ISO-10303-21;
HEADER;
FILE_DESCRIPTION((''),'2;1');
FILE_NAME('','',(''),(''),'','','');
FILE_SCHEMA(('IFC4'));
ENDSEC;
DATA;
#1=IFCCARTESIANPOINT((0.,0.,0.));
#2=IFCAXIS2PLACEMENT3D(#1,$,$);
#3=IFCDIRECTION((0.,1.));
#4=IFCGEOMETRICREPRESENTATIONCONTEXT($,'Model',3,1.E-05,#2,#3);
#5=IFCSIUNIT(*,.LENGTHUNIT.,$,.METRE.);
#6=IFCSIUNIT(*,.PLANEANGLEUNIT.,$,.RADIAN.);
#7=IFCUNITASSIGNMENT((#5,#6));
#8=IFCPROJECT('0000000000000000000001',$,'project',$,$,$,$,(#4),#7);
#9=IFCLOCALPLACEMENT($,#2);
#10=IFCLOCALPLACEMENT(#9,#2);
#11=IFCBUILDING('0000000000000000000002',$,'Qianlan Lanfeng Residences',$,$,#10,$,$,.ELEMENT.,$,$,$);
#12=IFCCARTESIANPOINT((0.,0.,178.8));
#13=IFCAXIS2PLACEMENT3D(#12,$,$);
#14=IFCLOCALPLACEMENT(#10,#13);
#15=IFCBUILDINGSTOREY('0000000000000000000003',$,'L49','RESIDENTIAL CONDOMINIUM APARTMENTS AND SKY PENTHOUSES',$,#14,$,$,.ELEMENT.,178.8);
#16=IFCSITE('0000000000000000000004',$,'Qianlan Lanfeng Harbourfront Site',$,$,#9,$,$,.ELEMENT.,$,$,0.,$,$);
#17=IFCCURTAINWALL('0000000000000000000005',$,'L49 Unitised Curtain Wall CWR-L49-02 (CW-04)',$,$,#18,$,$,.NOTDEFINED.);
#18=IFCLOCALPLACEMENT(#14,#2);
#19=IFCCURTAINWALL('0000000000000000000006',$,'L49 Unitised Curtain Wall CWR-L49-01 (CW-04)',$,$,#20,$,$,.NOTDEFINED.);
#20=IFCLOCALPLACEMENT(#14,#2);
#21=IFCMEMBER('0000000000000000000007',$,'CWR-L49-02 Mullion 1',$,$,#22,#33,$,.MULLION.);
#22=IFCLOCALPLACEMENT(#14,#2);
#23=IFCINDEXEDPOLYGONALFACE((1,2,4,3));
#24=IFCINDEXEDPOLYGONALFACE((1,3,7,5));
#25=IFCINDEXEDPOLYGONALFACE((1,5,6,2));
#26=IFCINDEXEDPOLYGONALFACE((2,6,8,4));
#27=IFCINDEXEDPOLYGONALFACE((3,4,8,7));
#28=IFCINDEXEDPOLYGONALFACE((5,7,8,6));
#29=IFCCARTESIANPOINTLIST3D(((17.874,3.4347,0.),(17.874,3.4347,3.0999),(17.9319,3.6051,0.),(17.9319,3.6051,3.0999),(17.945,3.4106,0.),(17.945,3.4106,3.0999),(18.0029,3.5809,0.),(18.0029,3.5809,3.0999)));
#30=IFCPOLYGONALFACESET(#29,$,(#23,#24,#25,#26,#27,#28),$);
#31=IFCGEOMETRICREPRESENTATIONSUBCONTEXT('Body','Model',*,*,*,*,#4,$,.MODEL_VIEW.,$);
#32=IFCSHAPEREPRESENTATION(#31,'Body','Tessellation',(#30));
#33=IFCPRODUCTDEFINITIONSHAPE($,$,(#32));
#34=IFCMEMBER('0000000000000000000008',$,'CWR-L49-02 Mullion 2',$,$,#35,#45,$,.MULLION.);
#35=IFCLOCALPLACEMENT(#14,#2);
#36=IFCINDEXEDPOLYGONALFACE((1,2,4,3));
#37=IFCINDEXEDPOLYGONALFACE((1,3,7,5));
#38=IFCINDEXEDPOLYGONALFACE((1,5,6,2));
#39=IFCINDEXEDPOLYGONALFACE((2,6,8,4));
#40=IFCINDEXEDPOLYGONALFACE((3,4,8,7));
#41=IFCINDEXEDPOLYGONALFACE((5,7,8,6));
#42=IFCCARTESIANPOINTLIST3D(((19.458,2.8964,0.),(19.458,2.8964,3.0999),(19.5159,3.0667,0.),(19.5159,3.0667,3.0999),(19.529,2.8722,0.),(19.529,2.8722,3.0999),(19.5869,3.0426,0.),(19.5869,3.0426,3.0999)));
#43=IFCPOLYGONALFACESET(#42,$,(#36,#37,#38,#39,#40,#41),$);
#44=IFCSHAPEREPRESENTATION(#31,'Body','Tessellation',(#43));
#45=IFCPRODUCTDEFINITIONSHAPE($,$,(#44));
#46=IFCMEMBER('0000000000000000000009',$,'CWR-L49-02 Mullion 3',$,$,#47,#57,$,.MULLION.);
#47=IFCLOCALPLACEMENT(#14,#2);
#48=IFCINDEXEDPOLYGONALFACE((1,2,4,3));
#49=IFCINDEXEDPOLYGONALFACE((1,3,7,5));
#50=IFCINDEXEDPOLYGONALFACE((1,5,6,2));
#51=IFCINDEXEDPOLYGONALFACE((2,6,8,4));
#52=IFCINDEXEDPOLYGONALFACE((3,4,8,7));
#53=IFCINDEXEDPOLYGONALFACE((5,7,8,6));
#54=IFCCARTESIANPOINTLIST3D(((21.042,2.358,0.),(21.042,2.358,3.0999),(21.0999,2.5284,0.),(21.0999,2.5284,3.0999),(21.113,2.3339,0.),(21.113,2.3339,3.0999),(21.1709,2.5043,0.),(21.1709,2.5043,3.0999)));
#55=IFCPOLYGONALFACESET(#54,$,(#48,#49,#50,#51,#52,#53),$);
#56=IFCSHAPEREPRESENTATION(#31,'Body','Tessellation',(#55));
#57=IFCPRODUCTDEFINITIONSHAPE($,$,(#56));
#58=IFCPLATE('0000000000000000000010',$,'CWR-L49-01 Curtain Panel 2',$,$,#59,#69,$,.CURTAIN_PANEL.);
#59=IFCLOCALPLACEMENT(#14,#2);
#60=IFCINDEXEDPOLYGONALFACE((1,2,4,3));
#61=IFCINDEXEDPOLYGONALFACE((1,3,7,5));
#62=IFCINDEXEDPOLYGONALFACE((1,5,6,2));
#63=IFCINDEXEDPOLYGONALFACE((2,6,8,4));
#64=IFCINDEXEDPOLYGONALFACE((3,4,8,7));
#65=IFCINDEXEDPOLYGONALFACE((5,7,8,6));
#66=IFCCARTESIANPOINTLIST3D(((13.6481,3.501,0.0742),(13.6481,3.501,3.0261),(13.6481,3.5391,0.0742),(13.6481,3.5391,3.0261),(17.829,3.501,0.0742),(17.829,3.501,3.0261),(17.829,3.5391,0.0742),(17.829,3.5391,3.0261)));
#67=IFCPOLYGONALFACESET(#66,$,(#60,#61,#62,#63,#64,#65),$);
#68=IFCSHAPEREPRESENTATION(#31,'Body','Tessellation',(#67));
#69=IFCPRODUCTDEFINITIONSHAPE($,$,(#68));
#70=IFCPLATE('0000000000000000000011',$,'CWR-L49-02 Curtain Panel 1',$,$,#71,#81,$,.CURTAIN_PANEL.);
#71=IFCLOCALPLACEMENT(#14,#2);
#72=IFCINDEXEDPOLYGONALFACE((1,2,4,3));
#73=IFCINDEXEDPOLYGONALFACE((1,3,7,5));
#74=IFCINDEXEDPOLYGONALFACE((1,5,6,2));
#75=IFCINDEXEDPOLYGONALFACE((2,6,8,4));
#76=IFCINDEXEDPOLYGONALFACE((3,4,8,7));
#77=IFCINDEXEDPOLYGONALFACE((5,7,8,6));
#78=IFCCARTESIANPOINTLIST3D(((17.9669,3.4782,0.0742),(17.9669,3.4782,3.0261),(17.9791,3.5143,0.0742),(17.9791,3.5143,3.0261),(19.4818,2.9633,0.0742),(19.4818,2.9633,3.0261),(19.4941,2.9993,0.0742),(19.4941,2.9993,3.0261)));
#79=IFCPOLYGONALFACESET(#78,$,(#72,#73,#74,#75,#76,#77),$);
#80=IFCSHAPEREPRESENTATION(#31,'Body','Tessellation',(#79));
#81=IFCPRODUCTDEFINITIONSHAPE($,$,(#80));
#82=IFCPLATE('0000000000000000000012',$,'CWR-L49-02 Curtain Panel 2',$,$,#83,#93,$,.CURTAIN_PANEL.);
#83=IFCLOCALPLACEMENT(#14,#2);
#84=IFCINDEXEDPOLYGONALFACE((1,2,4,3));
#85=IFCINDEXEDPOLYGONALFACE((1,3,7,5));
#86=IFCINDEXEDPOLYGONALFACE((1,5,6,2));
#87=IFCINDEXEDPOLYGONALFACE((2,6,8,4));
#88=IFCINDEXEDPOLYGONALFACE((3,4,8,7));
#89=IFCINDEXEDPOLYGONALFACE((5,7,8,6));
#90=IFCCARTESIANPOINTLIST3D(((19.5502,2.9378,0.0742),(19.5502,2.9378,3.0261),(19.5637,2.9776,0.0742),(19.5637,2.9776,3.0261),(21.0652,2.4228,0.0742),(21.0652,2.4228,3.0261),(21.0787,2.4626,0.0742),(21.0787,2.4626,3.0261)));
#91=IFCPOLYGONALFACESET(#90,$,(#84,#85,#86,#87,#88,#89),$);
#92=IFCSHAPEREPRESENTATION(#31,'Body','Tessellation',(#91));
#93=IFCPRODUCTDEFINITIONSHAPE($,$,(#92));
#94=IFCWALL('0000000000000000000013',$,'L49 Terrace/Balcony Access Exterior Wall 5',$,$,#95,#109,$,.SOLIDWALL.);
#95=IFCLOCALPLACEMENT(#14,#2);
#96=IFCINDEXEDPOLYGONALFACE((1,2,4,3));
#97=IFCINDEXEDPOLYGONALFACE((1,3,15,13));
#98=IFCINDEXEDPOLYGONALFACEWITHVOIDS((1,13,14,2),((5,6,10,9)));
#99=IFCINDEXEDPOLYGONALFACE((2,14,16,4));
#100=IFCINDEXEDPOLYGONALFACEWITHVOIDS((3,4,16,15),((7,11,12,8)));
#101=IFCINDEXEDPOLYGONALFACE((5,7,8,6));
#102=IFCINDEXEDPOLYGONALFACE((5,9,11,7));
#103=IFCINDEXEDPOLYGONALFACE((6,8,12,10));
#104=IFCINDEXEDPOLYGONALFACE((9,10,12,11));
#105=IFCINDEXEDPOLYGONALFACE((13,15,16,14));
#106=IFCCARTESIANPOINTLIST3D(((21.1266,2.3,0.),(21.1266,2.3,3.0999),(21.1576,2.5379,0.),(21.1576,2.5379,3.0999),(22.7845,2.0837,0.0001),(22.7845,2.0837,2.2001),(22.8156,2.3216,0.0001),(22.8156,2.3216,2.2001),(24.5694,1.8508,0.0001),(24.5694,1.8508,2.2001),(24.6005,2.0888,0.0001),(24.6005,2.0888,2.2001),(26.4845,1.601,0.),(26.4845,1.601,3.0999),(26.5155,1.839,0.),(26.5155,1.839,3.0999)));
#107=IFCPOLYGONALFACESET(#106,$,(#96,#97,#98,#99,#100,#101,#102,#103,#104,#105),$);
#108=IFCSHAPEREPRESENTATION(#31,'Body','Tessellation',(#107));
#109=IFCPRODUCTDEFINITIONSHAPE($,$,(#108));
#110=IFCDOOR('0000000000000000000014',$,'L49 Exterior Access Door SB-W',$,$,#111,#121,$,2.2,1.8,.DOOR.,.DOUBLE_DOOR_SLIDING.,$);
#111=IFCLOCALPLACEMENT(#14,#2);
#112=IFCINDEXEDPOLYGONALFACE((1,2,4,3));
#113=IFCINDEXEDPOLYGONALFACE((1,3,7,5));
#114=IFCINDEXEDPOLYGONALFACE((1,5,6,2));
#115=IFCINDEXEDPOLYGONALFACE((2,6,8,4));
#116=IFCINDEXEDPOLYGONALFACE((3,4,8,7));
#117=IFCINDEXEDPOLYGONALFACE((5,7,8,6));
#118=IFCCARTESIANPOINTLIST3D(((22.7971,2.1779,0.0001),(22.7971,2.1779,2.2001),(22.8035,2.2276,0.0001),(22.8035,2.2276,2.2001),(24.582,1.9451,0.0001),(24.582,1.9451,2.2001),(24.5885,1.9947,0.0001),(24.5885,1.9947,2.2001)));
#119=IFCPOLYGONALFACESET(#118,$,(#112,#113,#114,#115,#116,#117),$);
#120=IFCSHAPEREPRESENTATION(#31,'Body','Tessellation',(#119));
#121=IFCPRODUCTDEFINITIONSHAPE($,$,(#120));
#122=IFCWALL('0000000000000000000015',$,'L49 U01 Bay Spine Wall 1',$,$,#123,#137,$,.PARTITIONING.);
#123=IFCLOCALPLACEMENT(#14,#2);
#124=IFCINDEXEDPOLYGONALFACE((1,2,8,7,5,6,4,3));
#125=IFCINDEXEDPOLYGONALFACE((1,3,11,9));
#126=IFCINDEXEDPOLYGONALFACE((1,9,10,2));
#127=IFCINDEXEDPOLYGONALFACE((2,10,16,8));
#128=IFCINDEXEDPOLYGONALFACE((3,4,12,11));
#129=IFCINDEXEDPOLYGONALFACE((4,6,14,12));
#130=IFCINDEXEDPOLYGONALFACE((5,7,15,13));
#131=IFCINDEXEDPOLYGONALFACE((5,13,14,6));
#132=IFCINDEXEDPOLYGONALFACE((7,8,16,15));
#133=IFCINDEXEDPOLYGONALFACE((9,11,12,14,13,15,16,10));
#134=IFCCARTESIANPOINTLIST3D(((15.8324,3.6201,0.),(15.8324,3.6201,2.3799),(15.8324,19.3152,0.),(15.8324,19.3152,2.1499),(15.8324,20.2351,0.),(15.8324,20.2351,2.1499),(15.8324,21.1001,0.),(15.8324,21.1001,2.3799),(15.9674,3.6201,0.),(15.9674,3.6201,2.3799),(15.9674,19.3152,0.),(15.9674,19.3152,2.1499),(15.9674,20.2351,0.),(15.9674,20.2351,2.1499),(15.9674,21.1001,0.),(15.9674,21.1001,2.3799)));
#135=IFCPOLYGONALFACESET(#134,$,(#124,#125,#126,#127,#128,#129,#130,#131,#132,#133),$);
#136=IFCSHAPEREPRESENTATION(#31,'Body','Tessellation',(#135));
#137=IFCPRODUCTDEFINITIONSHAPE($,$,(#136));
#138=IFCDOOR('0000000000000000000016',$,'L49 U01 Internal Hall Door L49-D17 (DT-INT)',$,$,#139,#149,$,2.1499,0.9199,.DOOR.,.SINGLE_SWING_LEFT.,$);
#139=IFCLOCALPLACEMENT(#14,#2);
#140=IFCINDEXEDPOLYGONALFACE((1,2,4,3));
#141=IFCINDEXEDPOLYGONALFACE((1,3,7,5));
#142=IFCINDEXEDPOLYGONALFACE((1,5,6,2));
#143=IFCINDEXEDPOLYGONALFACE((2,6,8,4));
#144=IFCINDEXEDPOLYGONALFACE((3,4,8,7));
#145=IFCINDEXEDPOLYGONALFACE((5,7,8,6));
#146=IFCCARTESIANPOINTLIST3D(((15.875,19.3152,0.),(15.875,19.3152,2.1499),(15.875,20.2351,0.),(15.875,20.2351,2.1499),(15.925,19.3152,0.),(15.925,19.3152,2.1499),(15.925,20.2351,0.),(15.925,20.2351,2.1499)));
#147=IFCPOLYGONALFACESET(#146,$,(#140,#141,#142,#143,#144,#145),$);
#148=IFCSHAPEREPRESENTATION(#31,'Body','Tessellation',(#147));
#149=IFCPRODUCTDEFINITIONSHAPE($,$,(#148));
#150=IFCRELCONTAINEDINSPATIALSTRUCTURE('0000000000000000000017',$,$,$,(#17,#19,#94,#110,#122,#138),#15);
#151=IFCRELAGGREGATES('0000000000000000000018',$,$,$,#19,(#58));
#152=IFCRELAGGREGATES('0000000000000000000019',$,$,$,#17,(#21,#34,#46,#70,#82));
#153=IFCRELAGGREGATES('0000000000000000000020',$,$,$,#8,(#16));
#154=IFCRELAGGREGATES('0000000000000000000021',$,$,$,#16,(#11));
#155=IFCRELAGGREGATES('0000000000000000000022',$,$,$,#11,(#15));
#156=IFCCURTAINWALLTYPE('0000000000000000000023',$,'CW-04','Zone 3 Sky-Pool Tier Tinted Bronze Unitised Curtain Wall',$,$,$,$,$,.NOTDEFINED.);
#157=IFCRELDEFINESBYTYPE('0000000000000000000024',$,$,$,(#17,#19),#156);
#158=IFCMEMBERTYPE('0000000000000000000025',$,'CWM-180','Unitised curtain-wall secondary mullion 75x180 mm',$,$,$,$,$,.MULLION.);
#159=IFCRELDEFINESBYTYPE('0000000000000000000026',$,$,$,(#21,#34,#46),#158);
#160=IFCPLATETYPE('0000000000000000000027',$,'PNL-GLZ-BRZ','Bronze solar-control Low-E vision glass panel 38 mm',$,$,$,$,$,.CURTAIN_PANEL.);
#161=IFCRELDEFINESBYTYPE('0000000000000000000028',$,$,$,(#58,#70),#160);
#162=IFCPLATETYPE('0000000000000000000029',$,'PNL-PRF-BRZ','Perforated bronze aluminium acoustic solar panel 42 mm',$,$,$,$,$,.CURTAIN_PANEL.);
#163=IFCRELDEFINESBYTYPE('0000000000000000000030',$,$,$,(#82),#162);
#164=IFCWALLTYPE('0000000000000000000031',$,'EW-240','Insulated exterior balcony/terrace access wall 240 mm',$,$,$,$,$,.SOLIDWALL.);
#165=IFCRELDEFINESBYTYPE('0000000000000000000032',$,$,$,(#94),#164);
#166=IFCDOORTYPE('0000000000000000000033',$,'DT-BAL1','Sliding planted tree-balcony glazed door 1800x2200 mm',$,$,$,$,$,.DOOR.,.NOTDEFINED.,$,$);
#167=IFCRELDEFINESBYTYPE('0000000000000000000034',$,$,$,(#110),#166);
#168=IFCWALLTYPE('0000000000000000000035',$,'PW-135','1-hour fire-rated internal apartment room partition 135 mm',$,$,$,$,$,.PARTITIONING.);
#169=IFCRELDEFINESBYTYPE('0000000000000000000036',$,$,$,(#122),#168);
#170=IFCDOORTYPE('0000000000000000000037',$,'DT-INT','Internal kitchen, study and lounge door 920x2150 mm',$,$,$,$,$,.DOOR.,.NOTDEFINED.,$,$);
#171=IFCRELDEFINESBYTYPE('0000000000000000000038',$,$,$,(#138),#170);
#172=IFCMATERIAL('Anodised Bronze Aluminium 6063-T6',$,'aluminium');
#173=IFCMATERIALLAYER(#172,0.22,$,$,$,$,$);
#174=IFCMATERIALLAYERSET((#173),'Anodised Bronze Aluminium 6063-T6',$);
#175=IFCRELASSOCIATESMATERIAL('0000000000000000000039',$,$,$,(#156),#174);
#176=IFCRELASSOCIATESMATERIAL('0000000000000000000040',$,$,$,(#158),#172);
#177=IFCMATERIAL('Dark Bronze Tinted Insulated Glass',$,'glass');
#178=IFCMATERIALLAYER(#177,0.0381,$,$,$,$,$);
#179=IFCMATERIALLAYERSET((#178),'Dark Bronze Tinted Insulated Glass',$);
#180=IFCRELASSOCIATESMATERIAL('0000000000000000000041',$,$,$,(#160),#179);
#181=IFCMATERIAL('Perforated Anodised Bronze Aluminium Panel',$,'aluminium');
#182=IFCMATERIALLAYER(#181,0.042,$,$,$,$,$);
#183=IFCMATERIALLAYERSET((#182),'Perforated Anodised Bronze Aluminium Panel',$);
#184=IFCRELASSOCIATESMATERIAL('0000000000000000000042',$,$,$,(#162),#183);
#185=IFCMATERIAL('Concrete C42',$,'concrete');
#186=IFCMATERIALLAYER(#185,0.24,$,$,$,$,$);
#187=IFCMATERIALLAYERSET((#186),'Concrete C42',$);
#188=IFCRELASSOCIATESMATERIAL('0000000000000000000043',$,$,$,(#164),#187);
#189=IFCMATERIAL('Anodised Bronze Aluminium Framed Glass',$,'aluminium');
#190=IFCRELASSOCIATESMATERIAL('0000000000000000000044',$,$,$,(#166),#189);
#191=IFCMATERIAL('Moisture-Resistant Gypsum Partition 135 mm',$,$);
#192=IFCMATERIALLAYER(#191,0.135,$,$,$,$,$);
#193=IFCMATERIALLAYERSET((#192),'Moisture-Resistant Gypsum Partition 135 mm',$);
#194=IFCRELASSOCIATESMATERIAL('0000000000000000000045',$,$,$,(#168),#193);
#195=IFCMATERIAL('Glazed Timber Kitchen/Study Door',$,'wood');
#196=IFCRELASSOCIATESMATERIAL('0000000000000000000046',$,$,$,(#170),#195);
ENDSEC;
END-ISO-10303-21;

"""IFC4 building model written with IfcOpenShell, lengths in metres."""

from ifc_helpers import new_model, si_unit, direction, frame, frame_2d, origin, origin_2d, place, context, subcontext, project, spatial, rectangle, extrude, source, transform, mapped, material, layer, layer_set, material_profile, profile_set, type_object, element, fill, aggregate, save


model = new_model("IFC4")

# Units and contexts
model_context = context("Model", 3, precision=1e-05, world=origin(), true_north=direction((0.0, 1.0)))
body_context = subcontext(model_context, "Body", "Model", "MODEL_VIEW")
ifc_project = project(units=[si_unit("LENGTHUNIT", "METRE"), si_unit("PLANEANGLEUNIT", "RADIAN")], contexts=[model_context])

# Site, building, storey
site_placement = place(None, origin())
site = spatial("IfcSite", under=ifc_project, at=site_placement, Name="Qianlan Lanfeng Harbourfront Site", CompositionType="ELEMENT", RefElevation=0.0)
building_placement = place(site_placement, origin())
building = spatial("IfcBuilding", under=site, at=building_placement, Name="Qianlan Lanfeng Residences", CompositionType="ELEMENT")
storey_placement = place(building_placement, frame((0.0, 0.0, 178.8)))
storey = spatial("IfcBuildingStorey", under=building, at=storey_placement, Name="L49", Description="RESIDENTIAL CONDOMINIUM APARTMENTS AND SKY PENTHOUSES", CompositionType="ELEMENT", Elevation=178.8)

# Curtain wall
ifc_material_1 = material(Name="Anodised Bronze Aluminium 6063-T6", Category="aluminium")
ifc_layer_1 = layer(ifc_material_1, 0.22)
ifc_layer_set_1 = layer_set([ifc_layer_1], Name="Anodised Bronze Aluminium 6063-T6")
curtain_wall_type = type_object("IfcCurtainWallType", Name="CW-04", Description="Zone 3 Sky-Pool Tier Tinted Bronze Unitised Curtain Wall", PredefinedType="NOTDEFINED", material=ifc_layer_set_1)
curtain_wall_1_placement = place(storey_placement, origin())
curtain_wall_1 = element("IfcCurtainWall", 1, at=curtain_wall_1_placement, inside=storey, type_object=curtain_wall_type, Name="L49 Unitised Curtain Wall CWR-L49-02 (CW-04)", PredefinedType="NOTDEFINED")

# Curtain wall
curtain_wall_2_placement = place(storey_placement, origin())
curtain_wall_2 = element("IfcCurtainWall", 2, at=curtain_wall_2_placement, inside=storey, type_object=curtain_wall_type, Name="L49 Unitised Curtain Wall CWR-L49-01 (CW-04)", PredefinedType="NOTDEFINED")
ifc_material_profile_1 = material_profile(ifc_material_1, rectangle(XDim=0.075, YDim=0.1799, at=origin_2d()), Name="ALU MULLION 75x180")
ifc_profile_set_1 = profile_set([ifc_material_profile_1], Name="Anodised Bronze Aluminium 6063-T6")
member_type_1 = type_object("IfcMemberType", Name="CWM-180", Description="Unitised curtain-wall secondary mullion 75x180 mm", PredefinedType="MULLION", material=ifc_profile_set_1)
shared_shape_1 = source(origin(), body_context, "Body", "SweptSolid", [
    extrude(rectangle(XDim=0.075, YDim=0.1799, at=origin_2d()), origin(), (0.0, 0.0, 1.0), 3.0999),
])

# Members
member_1_placement = place(storey_placement, frame((17.9385, 3.5078, 0.0), z_axis=(0.0, 0.0, 1.0), x_axis=(0.946796, -0.321834, 0.0)))
member_1 = element("IfcMember", 3, at=member_1_placement, type_object=member_type_1, Name="CWR-L49-02 Mullion 1", PredefinedType="MULLION", context=body_context, shape_type="MappedRepresentation", body=[
    mapped(shared_shape_1, transform((0.0, 0.0, 0.0), scale=1.0)),
])
member_2_placement = place(storey_placement, frame((19.5225, 2.9695, 0.0), z_axis=(0.0, 0.0, 1.0), x_axis=(0.946796, -0.321834, 0.0)))
member_2 = element("IfcMember", 4, at=member_2_placement, type_object=member_type_1, Name="CWR-L49-02 Mullion 2", PredefinedType="MULLION", context=body_context, shape_type="MappedRepresentation", body=[
    mapped(shared_shape_1, transform((0.0, 0.0, 0.0), scale=1.0)),
])
member_3_placement = place(storey_placement, frame((21.1064, 2.4312, 0.0), z_axis=(0.0, 0.0, 1.0), x_axis=(0.946796, -0.321834, 0.0)))
member_3 = element("IfcMember", 5, at=member_3_placement, type_object=member_type_1, Name="CWR-L49-02 Mullion 3", PredefinedType="MULLION", context=body_context, shape_type="MappedRepresentation", body=[
    mapped(shared_shape_1, transform((0.0, 0.0, 0.0), scale=1.0)),
])

# Plates
ifc_material_2 = material(Name="Dark Bronze Tinted Insulated Glass", Category="glass")
ifc_layer_2 = layer(ifc_material_2, 0.0381)
ifc_layer_set_2 = layer_set([ifc_layer_2], Name="Dark Bronze Tinted Insulated Glass")
plate_type_1 = type_object("IfcPlateType", Name="PNL-GLZ-BRZ", Description="Bronze solar-control Low-E vision glass panel 38 mm", PredefinedType="CURTAIN_PANEL", material=ifc_layer_set_2)
shared_shape_2 = source(origin(), body_context, "Body", "SweptSolid", [
    extrude(rectangle(XDim=4.1809, YDim=0.0381, at=origin_2d()), origin(), (0.0, 0.0, 1.0), 2.9519),
])
plate_1_placement = place(storey_placement, frame((15.7385, 3.52, 0.0742), z_axis=(0.0, 0.0, 1.0), x_axis=(1.0, 0.0, 0.0)))
plate_1 = element("IfcPlate", 6, at=plate_1_placement, type_object=plate_type_1, Name="CWR-L49-01 Curtain Panel 2", PredefinedType="CURTAIN_PANEL", context=body_context, shape_type="MappedRepresentation", body=[
    mapped(shared_shape_2, transform((0.0, 0.0, 0.0), scale=1.0)),
])
aggregate(curtain_wall_2, [plate_1])
shared_shape_3 = source(origin(), body_context, "Body", "SweptSolid", [
    extrude(rectangle(XDim=1.6001, YDim=0.0381, at=origin_2d()), origin(), (0.0, 0.0, 1.0), 2.9519),
])
plate_2_placement = place(storey_placement, frame((18.7305, 3.2388, 0.0742), z_axis=(0.0, 0.0, 1.0), x_axis=(0.946796, -0.321834, 0.0)))
plate_2 = element("IfcPlate", 7, at=plate_2_placement, type_object=plate_type_1, Name="CWR-L49-02 Curtain Panel 1", PredefinedType="CURTAIN_PANEL", context=body_context, shape_type="MappedRepresentation", body=[
    mapped(shared_shape_3, transform((0.0, 0.0, 0.0), scale=1.0)),
])
ifc_material_3 = material(Name="Perforated Anodised Bronze Aluminium Panel", Category="aluminium")
ifc_layer_3 = layer(ifc_material_3, 0.042)
ifc_layer_set_3 = layer_set([ifc_layer_3], Name="Perforated Anodised Bronze Aluminium Panel")
plate_type_2 = type_object("IfcPlateType", Name="PNL-PRF-BRZ", Description="Perforated bronze aluminium acoustic solar panel 42 mm", PredefinedType="CURTAIN_PANEL", material=ifc_layer_set_3)
shared_shape_4 = source(origin(), body_context, "Body", "SweptSolid", [
    extrude(rectangle(XDim=1.6001, YDim=0.042, at=origin_2d()), origin(), (0.0, 0.0, 1.0), 2.9519),
])
plate_3_placement = place(storey_placement, frame((20.3145, 2.7002, 0.0742), z_axis=(0.0, 0.0, 1.0), x_axis=(0.946796, -0.321834, 0.0)))
plate_3 = element("IfcPlate", 8, at=plate_3_placement, type_object=plate_type_2, Name="CWR-L49-02 Curtain Panel 2", PredefinedType="CURTAIN_PANEL", context=body_context, shape_type="MappedRepresentation", body=[
    mapped(shared_shape_4, transform((0.0, 0.0, 0.0), scale=1.0)),
])
aggregate(curtain_wall_1, [member_1, member_2, member_3, plate_2, plate_3])

# Walls, openings, doors
ifc_material_4 = material(Name="Concrete C42", Category="concrete")
ifc_layer_4 = layer(ifc_material_4, 0.24)
ifc_layer_set_4 = layer_set([ifc_layer_4], Name="Concrete C42")
wall_type_1 = type_object("IfcWallType", Name="EW-240", Description="Insulated exterior balcony/terrace access wall 240 mm", PredefinedType="SOLIDWALL", material=ifc_layer_set_4)
wall_1_placement = place(storey_placement, frame((21.1421, 2.4189, 0.0), z_axis=(0.0, 0.0, 1.0), x_axis=(0.991598, -0.12936, 0.0)))
wall_1 = element("IfcWall", 9, at=wall_1_placement, inside=storey, type_object=wall_type_1, Name="L49 Terrace/Balcony Access Exterior Wall 5", PredefinedType="SOLIDWALL", context=body_context, shape_type="SweptSolid", body=[
    extrude(rectangle(XDim=5.4033, YDim=0.24, at=frame_2d((2.7017, 0.0))), origin(), (0.0, 0.0, 1.0), 3.0999),
])
opening_1_placement = place(wall_1_placement, frame((1.6721, 0.0, 0.0)))
opening_1 = element("IfcOpeningElement", 10, at=opening_1_placement, cuts=wall_1, PredefinedType="OPENING", context=body_context, shape_type="SweptSolid", body=[
    extrude(rectangle(XDim=1.8, YDim=2.2, at=frame_2d((0.8999, 1.1001))), frame((0.0, 0.1299, 0.0), z_axis=(0.0, -1.0, 0.0), x_axis=(1.0, 0.0, 0.0)), (0.0, 0.0, 1.0), 0.26),
])
ifc_material_5 = material(Name="Anodised Bronze Aluminium Framed Glass", Category="aluminium")
door_type_1 = type_object("IfcDoorType", Name="DT-BAL1", Description="Sliding planted tree-balcony glazed door 1800x2200 mm", OperationType="NOTDEFINED", PredefinedType="DOOR", material=ifc_material_5)
door_1_placement = place(opening_1_placement, frame((1.8, 0.0, 0.0), z_axis=(0.0, 0.0, 1.0), x_axis=(-1.0, 0.0, 0.0)))
door_1 = element("IfcDoor", 11, at=door_1_placement, inside=storey, type_object=door_type_1, Name="L49 Exterior Access Door SB-W", OperationType="DOUBLE_DOOR_SLIDING", OverallHeight=2.2, OverallWidth=1.8, PredefinedType="DOOR", context=body_context, shape_type="SweptSolid", body=[
    extrude(rectangle(XDim=1.8, YDim=2.2, at=frame_2d((0.8999, 1.1001))), frame((0.0, 0.0249, 0.0), z_axis=(0.0, -1.0, 0.0), x_axis=(1.0, 0.0, 0.0)), (0.0, 0.0, 1.0), 0.05),
])
fill(opening_1, door_1)
ifc_material_6 = material(Name="Moisture-Resistant Gypsum Partition 135 mm")
ifc_layer_5 = layer(ifc_material_6, 0.135)
ifc_layer_set_5 = layer_set([ifc_layer_5], Name="Moisture-Resistant Gypsum Partition 135 mm")
wall_type_2 = type_object("IfcWallType", Name="PW-135", Description="1-hour fire-rated internal apartment room partition 135 mm", PredefinedType="PARTITIONING", material=ifc_layer_set_5)
wall_2_placement = place(storey_placement, frame((15.8999, 3.6201, 0.0), z_axis=(0.0, 0.0, 1.0), x_axis=(0.0, 1.0, 0.0)))
wall_2 = element("IfcWall", 12, at=wall_2_placement, inside=storey, type_object=wall_type_2, Name="L49 U01 Bay Spine Wall 1", PredefinedType="PARTITIONING", context=body_context, shape_type="SweptSolid", body=[
    extrude(rectangle(XDim=17.48, YDim=0.135, at=frame_2d((8.74, 0.0))), origin(), (0.0, 0.0, 1.0), 2.3799),
])
opening_2_placement = place(wall_2_placement, frame((15.6951, 0.0, 0.0)))
opening_2 = element("IfcOpeningElement", 13, at=opening_2_placement, cuts=wall_2, PredefinedType="OPENING", context=body_context, shape_type="SweptSolid", body=[
    extrude(rectangle(XDim=0.9199, YDim=2.1499, at=frame_2d((0.46, 1.075))), frame((0.0, 0.0776, 0.0), z_axis=(0.0, -1.0, 0.0), x_axis=(1.0, 0.0, 0.0)), (0.0, 0.0, 1.0), 0.155),
])
ifc_material_7 = material(Name="Glazed Timber Kitchen/Study Door", Category="wood")
door_type_2 = type_object("IfcDoorType", Name="DT-INT", Description="Internal kitchen, study and lounge door 920x2150 mm", OperationType="NOTDEFINED", PredefinedType="DOOR", material=ifc_material_7)
door_2_placement = place(opening_2_placement, origin())
door_2 = element("IfcDoor", 14, at=door_2_placement, inside=storey, type_object=door_type_2, Name="L49 U01 Internal Hall Door L49-D17 (DT-INT)", OperationType="SINGLE_SWING_LEFT", OverallHeight=2.1499, OverallWidth=0.9199, PredefinedType="DOOR", context=body_context, shape_type="SweptSolid", body=[
    extrude(rectangle(XDim=0.9199, YDim=2.1499, at=frame_2d((0.46, 1.075))), frame((0.0, 0.0249, 0.0), z_axis=(0.0, -1.0, 0.0), x_axis=(1.0, 0.0, 0.0)), (0.0, 0.0, 1.0), 0.05),
])
fill(opening_2, door_2)

save(model, "model.ifc")
